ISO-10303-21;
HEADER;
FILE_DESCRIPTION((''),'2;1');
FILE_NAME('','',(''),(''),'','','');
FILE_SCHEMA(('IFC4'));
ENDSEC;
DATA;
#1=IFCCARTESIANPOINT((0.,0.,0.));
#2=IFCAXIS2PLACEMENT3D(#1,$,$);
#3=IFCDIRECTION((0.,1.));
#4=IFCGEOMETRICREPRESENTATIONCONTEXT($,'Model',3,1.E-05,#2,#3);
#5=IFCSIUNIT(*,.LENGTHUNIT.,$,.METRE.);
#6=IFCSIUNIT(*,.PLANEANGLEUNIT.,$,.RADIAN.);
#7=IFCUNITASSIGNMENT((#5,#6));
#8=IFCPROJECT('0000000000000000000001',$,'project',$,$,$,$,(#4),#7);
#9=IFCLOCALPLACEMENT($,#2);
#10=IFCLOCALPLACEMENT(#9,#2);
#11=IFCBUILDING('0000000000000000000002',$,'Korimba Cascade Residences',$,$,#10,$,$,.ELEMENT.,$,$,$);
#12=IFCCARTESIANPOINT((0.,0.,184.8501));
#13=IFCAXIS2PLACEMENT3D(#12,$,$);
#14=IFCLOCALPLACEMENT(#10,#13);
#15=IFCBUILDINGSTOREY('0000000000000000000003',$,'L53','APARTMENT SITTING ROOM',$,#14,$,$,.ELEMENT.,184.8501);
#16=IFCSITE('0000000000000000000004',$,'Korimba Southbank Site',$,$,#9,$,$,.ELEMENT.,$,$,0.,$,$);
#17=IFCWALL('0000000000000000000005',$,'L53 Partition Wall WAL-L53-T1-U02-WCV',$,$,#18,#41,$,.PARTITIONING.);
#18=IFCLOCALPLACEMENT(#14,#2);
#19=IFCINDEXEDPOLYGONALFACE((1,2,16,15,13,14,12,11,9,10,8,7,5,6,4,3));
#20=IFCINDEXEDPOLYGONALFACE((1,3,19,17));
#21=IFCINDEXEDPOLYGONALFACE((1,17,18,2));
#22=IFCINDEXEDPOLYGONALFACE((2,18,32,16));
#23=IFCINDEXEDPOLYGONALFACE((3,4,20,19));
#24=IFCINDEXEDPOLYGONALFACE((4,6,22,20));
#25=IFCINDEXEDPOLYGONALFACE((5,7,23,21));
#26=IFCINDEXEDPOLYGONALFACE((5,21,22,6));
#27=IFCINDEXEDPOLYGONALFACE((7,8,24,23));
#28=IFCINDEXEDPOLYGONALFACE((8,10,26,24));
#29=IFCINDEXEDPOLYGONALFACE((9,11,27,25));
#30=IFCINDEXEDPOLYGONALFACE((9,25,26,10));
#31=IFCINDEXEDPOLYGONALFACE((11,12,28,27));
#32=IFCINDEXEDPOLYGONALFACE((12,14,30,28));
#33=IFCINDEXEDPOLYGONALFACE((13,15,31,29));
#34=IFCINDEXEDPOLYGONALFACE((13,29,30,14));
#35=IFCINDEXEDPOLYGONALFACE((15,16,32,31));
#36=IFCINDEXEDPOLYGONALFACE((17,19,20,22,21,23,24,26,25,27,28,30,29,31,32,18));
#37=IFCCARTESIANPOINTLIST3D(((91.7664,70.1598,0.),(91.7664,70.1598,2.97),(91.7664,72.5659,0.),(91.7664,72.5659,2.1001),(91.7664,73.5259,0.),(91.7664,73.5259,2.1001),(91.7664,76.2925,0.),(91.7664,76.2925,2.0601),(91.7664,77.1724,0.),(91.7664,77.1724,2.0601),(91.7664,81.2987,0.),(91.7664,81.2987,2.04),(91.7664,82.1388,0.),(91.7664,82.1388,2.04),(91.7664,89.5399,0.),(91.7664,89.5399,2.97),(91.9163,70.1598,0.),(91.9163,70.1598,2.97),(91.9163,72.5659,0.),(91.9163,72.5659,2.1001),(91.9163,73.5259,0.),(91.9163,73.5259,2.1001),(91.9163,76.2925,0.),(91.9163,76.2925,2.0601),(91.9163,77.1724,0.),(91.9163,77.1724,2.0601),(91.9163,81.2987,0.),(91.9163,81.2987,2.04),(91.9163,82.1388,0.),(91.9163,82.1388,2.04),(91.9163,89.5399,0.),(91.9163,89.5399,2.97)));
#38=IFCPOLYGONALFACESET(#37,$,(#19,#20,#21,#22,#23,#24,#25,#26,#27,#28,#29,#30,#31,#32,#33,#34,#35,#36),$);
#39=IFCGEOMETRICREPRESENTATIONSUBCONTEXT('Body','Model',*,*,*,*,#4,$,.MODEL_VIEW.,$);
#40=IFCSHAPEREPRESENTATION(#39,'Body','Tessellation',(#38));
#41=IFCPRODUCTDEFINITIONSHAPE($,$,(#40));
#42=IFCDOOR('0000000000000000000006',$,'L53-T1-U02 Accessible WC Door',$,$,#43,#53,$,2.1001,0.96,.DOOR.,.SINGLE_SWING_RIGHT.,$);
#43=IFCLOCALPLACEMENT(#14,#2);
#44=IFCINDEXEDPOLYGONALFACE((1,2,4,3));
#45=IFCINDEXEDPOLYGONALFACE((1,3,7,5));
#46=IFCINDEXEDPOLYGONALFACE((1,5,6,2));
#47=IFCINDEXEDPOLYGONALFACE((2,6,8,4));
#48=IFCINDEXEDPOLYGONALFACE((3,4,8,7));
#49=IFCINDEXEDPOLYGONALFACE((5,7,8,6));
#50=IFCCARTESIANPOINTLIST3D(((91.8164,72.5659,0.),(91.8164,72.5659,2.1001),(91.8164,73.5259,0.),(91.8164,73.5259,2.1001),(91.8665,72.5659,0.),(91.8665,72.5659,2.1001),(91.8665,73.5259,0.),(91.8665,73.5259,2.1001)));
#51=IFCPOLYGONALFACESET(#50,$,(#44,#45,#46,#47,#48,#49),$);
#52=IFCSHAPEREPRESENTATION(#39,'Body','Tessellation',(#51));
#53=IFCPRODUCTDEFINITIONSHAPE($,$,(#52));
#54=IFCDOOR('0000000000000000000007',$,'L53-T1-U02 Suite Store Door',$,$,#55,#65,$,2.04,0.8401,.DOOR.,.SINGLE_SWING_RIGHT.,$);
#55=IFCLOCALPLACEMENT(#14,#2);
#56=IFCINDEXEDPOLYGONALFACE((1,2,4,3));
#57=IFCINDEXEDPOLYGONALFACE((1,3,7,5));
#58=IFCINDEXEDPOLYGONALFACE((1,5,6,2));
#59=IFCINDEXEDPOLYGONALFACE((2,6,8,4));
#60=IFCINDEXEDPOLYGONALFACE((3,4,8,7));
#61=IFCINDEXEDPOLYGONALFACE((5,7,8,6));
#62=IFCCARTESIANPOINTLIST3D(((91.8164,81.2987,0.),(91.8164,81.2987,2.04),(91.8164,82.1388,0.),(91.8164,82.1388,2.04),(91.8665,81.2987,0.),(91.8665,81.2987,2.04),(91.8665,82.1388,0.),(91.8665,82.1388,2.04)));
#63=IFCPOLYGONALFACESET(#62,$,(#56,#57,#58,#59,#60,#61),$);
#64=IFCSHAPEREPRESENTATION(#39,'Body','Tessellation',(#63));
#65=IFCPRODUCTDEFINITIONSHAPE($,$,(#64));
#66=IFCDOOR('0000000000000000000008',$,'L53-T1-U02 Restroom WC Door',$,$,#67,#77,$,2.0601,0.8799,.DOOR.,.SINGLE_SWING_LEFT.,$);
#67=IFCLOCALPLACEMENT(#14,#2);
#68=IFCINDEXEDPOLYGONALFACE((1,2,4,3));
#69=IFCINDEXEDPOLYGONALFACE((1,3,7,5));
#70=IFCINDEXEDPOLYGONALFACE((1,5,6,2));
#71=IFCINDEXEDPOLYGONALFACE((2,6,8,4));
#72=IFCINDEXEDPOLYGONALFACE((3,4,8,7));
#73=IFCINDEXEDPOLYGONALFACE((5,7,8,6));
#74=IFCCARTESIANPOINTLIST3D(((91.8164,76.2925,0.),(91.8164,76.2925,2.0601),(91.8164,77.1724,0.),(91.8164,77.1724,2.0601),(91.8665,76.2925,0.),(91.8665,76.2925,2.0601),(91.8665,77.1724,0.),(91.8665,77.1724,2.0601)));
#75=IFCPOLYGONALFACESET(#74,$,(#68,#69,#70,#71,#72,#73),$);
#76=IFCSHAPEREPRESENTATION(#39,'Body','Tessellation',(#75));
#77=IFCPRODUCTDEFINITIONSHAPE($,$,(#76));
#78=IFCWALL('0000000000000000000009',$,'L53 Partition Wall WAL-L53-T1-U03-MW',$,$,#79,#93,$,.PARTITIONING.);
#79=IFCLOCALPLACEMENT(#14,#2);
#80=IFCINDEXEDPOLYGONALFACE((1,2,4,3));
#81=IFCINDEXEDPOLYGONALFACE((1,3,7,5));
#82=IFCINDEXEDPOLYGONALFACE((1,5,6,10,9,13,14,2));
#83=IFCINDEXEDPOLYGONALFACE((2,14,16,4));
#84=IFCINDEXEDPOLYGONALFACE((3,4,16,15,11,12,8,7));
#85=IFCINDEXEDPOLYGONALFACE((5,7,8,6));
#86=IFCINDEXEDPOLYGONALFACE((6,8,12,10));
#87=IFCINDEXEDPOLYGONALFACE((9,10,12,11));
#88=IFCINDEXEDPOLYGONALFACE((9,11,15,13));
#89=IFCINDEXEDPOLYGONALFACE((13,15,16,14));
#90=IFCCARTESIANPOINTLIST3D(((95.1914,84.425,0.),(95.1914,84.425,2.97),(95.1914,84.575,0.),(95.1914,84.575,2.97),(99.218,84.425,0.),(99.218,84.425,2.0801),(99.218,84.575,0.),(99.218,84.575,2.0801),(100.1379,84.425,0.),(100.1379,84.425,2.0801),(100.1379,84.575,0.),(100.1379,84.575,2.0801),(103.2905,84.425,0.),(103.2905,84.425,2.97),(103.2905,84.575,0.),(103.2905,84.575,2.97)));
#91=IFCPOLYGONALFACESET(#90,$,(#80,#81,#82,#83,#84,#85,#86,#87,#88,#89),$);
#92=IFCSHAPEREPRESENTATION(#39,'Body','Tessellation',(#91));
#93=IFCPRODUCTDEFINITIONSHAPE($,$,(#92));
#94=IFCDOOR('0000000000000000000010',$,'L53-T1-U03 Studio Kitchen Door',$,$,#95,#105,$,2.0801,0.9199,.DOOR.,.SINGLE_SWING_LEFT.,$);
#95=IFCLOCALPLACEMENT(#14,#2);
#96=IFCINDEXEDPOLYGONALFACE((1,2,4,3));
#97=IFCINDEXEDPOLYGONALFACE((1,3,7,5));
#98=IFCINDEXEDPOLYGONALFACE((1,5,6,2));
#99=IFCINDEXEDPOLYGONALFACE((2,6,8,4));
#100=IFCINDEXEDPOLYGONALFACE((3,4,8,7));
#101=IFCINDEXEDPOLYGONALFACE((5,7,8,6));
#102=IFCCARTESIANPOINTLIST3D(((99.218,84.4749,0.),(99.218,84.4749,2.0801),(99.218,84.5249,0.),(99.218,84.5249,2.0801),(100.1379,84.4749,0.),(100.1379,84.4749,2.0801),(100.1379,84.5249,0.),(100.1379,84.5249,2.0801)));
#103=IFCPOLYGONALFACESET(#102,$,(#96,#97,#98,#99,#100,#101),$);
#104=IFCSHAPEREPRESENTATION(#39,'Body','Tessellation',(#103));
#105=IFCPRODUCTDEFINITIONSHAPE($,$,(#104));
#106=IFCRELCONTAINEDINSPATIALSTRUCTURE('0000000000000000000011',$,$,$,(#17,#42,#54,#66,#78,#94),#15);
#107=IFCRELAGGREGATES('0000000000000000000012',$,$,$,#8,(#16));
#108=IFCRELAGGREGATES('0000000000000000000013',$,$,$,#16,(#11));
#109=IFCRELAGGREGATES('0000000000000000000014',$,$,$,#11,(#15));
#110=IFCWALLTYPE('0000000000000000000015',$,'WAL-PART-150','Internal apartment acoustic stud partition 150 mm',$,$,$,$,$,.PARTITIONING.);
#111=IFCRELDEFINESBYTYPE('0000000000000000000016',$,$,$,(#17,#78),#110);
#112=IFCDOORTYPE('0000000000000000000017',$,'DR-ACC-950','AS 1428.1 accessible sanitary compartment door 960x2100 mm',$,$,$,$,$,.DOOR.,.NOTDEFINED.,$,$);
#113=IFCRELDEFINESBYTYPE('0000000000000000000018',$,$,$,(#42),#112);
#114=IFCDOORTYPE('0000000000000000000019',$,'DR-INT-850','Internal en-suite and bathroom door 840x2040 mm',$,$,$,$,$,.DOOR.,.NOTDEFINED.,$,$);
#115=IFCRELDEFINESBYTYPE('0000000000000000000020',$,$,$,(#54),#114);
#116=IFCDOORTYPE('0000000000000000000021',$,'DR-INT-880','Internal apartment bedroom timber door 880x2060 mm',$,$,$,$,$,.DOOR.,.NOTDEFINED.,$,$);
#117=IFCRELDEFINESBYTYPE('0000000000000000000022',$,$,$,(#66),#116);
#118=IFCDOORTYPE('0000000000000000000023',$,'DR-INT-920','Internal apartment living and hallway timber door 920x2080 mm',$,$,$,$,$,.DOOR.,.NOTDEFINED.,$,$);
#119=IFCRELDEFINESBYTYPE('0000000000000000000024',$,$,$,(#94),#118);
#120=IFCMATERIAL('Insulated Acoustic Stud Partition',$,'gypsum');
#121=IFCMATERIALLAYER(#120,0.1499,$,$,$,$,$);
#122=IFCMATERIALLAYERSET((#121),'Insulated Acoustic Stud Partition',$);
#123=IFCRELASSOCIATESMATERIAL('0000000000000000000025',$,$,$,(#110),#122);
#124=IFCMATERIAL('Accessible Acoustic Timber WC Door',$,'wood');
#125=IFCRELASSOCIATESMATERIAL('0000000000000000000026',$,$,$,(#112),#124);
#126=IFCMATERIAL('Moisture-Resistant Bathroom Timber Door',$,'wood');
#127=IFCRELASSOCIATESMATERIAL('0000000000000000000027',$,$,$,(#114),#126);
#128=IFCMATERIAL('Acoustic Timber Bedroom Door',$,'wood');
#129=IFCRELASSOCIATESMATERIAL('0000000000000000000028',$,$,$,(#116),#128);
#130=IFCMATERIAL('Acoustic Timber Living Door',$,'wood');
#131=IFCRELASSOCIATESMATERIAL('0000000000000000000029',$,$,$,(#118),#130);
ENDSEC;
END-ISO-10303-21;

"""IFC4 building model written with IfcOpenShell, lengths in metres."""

from ifc_helpers import new_model, si_unit, direction, frame, frame_2d, origin, place, context, subcontext, project, spatial, rectangle, extrude, material, layer, layer_set, type_object, element, fill, save


model = new_model("IFC4")

# Units and contexts
model_context = context("Model", 3, precision=1e-05, world=origin(), true_north=direction((0.0, 1.0)))
body_context = subcontext(model_context, "Body", "Model", "MODEL_VIEW")
ifc_project = project(units=[si_unit("LENGTHUNIT", "METRE"), si_unit("PLANEANGLEUNIT", "RADIAN")], contexts=[model_context])

# Site, building, storey
site_placement = place(None, origin())
site = spatial("IfcSite", under=ifc_project, at=site_placement, Name="Korimba Southbank Site", CompositionType="ELEMENT", RefElevation=0.0)
building_placement = place(site_placement, origin())
building = spatial("IfcBuilding", under=site, at=building_placement, Name="Korimba Cascade Residences", CompositionType="ELEMENT")
storey_placement = place(building_placement, frame((0.0, 0.0, 184.8501)))
storey = spatial("IfcBuildingStorey", under=building, at=storey_placement, Name="L53", Description="APARTMENT SITTING ROOM", CompositionType="ELEMENT", Elevation=184.8501)

# Shared definitions
ifc_material_1 = material(Name="Insulated Acoustic Stud Partition", Category="gypsum")
ifc_layer_1 = layer(ifc_material_1, 0.1499)
ifc_layer_set_1 = layer_set([ifc_layer_1], Name="Insulated Acoustic Stud Partition")
wall_type_1 = type_object("IfcWallType", Name="WAL-PART-150", Description="Internal apartment acoustic stud partition 150 mm", PredefinedType="PARTITIONING", material=ifc_layer_set_1)

# Wall, openings, doors
wall_1_placement = place(storey_placement, frame((91.8413, 70.1599, 0.0), z_axis=(0.0, 0.0, 1.0), x_axis=(0.0, 1.0, 0.0)))
wall_1 = element("IfcWall", 1, at=wall_1_placement, inside=storey, type_object=wall_type_1, Name="L53 Partition Wall WAL-L53-T1-U02-WCV", PredefinedType="PARTITIONING", context=body_context, shape_type="SweptSolid", body=[
    extrude(rectangle(XDim=19.3801, YDim=0.1499, at=frame_2d((9.6899, 0.0))), origin(), (0.0, 0.0, 1.0), 2.97),
])
opening_1_placement = place(wall_1_placement, frame((2.406, 0.0, 0.0)))
opening_1 = element("IfcOpeningElement", 2, at=opening_1_placement, cuts=wall_1, PredefinedType="OPENING", context=body_context, shape_type="SweptSolid", body=[
    extrude(rectangle(XDim=0.96, YDim=2.1001, at=frame_2d((0.48, 1.05))), frame((0.0, 0.085, 0.0), z_axis=(0.0, -1.0, 0.0), x_axis=(1.0, 0.0, 0.0)), (0.0, 0.0, 1.0), 0.1699),
])
opening_2_placement = place(wall_1_placement, frame((6.1326, 0.0, 0.0)))
opening_2 = element("IfcOpeningElement", 3, at=opening_2_placement, cuts=wall_1, PredefinedType="OPENING", context=body_context, shape_type="SweptSolid", body=[
    extrude(rectangle(XDim=0.8799, YDim=2.0601, at=frame_2d((0.4399, 1.03))), frame((0.0, 0.085, 0.0), z_axis=(0.0, -1.0, 0.0), x_axis=(1.0, 0.0, 0.0)), (0.0, 0.0, 1.0), 0.1699),
])
opening_3_placement = place(wall_1_placement, frame((11.1389, 0.0, 0.0)))
opening_3 = element("IfcOpeningElement", 4, at=opening_3_placement, cuts=wall_1, PredefinedType="OPENING", context=body_context, shape_type="SweptSolid", body=[
    extrude(rectangle(XDim=0.8401, YDim=2.04, at=frame_2d((0.4199, 1.02))), frame((0.0, 0.085, 0.0), z_axis=(0.0, -1.0, 0.0), x_axis=(1.0, 0.0, 0.0)), (0.0, 0.0, 1.0), 0.1699),
])
ifc_material_2 = material(Name="Accessible Acoustic Timber WC Door", Category="wood")
door_type_1 = type_object("IfcDoorType", Name="DR-ACC-950", Description="AS 1428.1 accessible sanitary compartment door 960x2100 mm", OperationType="NOTDEFINED", PredefinedType="DOOR", material=ifc_material_2)
door_1_placement = place(opening_1_placement, origin())
door_1 = element("IfcDoor", 5, at=door_1_placement, inside=storey, type_object=door_type_1, Name="L53-T1-U02 Accessible WC Door", OperationType="SINGLE_SWING_RIGHT", OverallHeight=2.1001, OverallWidth=0.96, PredefinedType="DOOR", context=body_context, shape_type="SweptSolid", body=[
    extrude(rectangle(XDim=0.96, YDim=2.1001, at=frame_2d((0.48, 1.05))), frame((0.0, 0.0249, 0.0), z_axis=(0.0, -1.0, 0.0), x_axis=(1.0, 0.0, 0.0)), (0.0, 0.0, 1.0), 0.05),
])
fill(opening_1, door_1)
ifc_material_3 = material(Name="Moisture-Resistant Bathroom Timber Door", Category="wood")
door_type_2 = type_object("IfcDoorType", Name="DR-INT-850", Description="Internal en-suite and bathroom door 840x2040 mm", OperationType="NOTDEFINED", PredefinedType="DOOR", material=ifc_material_3)
door_2_placement = place(opening_3_placement, origin())
door_2 = element("IfcDoor", 6, at=door_2_placement, inside=storey, type_object=door_type_2, Name="L53-T1-U02 Suite Store Door", OperationType="SINGLE_SWING_RIGHT", OverallHeight=2.04, OverallWidth=0.8401, PredefinedType="DOOR", context=body_context, shape_type="SweptSolid", body=[
    extrude(rectangle(XDim=0.8401, YDim=2.04, at=frame_2d((0.4199, 1.02))), frame((0.0, 0.0249, 0.0), z_axis=(0.0, -1.0, 0.0), x_axis=(1.0, 0.0, 0.0)), (0.0, 0.0, 1.0), 0.05),
])
fill(opening_3, door_2)
ifc_material_4 = material(Name="Acoustic Timber Bedroom Door", Category="wood")
door_type_3 = type_object("IfcDoorType", Name="DR-INT-880", Description="Internal apartment bedroom timber door 880x2060 mm", OperationType="NOTDEFINED", PredefinedType="DOOR", material=ifc_material_4)
door_3_placement = place(opening_2_placement, origin())
door_3 = element("IfcDoor", 7, at=door_3_placement, inside=storey, type_object=door_type_3, Name="L53-T1-U02 Restroom WC Door", OperationType="SINGLE_SWING_LEFT", OverallHeight=2.0601, OverallWidth=0.8799, PredefinedType="DOOR", context=body_context, shape_type="SweptSolid", body=[
    extrude(rectangle(XDim=0.8799, YDim=2.0601, at=frame_2d((0.4399, 1.03))), frame((0.0, 0.0249, 0.0), z_axis=(0.0, -1.0, 0.0), x_axis=(1.0, 0.0, 0.0)), (0.0, 0.0, 1.0), 0.05),
])
fill(opening_2, door_3)

# Wall, opening, door
wall_2_placement = place(storey_placement, frame((95.1914, 84.5, 0.0), z_axis=(0.0, 0.0, 1.0), x_axis=(1.0, 0.0, 0.0)))
wall_2 = element("IfcWall", 8, at=wall_2_placement, inside=storey, type_object=wall_type_1, Name="L53 Partition Wall WAL-L53-T1-U03-MW", PredefinedType="PARTITIONING", context=body_context, shape_type="SweptSolid", body=[
    extrude(rectangle(XDim=8.0991, YDim=0.1499, at=frame_2d((4.0496, 0.0))), origin(), (0.0, 0.0, 1.0), 2.97),
])
opening_4_placement = place(wall_2_placement, frame((4.0266, 0.0, 0.0)))
opening_4 = element("IfcOpeningElement", 9, at=opening_4_placement, cuts=wall_2, PredefinedType="OPENING", context=body_context, shape_type="SweptSolid", body=[
    extrude(rectangle(XDim=0.9199, YDim=2.0801, at=frame_2d((0.46, 1.04))), frame((0.0, 0.085, 0.0), z_axis=(0.0, -1.0, 0.0), x_axis=(1.0, 0.0, 0.0)), (0.0, 0.0, 1.0), 0.1699),
])
ifc_material_5 = material(Name="Acoustic Timber Living Door", Category="wood")
door_type_4 = type_object("IfcDoorType", Name="DR-INT-920", Description="Internal apartment living and hallway timber door 920x2080 mm", OperationType="NOTDEFINED", PredefinedType="DOOR", material=ifc_material_5)
door_4_placement = place(opening_4_placement, origin())
door_4 = element("IfcDoor", 10, at=door_4_placement, inside=storey, type_object=door_type_4, Name="L53-T1-U03 Studio Kitchen Door", OperationType="SINGLE_SWING_LEFT", OverallHeight=2.0801, OverallWidth=0.9199, PredefinedType="DOOR", context=body_context, shape_type="SweptSolid", body=[
    extrude(rectangle(XDim=0.9199, YDim=2.0801, at=frame_2d((0.46, 1.04))), frame((0.0, 0.0249, 0.0), z_axis=(0.0, -1.0, 0.0), x_axis=(1.0, 0.0, 0.0)), (0.0, 0.0, 1.0), 0.05),
])
fill(opening_4, door_4)

save(model, "model.ifc")
